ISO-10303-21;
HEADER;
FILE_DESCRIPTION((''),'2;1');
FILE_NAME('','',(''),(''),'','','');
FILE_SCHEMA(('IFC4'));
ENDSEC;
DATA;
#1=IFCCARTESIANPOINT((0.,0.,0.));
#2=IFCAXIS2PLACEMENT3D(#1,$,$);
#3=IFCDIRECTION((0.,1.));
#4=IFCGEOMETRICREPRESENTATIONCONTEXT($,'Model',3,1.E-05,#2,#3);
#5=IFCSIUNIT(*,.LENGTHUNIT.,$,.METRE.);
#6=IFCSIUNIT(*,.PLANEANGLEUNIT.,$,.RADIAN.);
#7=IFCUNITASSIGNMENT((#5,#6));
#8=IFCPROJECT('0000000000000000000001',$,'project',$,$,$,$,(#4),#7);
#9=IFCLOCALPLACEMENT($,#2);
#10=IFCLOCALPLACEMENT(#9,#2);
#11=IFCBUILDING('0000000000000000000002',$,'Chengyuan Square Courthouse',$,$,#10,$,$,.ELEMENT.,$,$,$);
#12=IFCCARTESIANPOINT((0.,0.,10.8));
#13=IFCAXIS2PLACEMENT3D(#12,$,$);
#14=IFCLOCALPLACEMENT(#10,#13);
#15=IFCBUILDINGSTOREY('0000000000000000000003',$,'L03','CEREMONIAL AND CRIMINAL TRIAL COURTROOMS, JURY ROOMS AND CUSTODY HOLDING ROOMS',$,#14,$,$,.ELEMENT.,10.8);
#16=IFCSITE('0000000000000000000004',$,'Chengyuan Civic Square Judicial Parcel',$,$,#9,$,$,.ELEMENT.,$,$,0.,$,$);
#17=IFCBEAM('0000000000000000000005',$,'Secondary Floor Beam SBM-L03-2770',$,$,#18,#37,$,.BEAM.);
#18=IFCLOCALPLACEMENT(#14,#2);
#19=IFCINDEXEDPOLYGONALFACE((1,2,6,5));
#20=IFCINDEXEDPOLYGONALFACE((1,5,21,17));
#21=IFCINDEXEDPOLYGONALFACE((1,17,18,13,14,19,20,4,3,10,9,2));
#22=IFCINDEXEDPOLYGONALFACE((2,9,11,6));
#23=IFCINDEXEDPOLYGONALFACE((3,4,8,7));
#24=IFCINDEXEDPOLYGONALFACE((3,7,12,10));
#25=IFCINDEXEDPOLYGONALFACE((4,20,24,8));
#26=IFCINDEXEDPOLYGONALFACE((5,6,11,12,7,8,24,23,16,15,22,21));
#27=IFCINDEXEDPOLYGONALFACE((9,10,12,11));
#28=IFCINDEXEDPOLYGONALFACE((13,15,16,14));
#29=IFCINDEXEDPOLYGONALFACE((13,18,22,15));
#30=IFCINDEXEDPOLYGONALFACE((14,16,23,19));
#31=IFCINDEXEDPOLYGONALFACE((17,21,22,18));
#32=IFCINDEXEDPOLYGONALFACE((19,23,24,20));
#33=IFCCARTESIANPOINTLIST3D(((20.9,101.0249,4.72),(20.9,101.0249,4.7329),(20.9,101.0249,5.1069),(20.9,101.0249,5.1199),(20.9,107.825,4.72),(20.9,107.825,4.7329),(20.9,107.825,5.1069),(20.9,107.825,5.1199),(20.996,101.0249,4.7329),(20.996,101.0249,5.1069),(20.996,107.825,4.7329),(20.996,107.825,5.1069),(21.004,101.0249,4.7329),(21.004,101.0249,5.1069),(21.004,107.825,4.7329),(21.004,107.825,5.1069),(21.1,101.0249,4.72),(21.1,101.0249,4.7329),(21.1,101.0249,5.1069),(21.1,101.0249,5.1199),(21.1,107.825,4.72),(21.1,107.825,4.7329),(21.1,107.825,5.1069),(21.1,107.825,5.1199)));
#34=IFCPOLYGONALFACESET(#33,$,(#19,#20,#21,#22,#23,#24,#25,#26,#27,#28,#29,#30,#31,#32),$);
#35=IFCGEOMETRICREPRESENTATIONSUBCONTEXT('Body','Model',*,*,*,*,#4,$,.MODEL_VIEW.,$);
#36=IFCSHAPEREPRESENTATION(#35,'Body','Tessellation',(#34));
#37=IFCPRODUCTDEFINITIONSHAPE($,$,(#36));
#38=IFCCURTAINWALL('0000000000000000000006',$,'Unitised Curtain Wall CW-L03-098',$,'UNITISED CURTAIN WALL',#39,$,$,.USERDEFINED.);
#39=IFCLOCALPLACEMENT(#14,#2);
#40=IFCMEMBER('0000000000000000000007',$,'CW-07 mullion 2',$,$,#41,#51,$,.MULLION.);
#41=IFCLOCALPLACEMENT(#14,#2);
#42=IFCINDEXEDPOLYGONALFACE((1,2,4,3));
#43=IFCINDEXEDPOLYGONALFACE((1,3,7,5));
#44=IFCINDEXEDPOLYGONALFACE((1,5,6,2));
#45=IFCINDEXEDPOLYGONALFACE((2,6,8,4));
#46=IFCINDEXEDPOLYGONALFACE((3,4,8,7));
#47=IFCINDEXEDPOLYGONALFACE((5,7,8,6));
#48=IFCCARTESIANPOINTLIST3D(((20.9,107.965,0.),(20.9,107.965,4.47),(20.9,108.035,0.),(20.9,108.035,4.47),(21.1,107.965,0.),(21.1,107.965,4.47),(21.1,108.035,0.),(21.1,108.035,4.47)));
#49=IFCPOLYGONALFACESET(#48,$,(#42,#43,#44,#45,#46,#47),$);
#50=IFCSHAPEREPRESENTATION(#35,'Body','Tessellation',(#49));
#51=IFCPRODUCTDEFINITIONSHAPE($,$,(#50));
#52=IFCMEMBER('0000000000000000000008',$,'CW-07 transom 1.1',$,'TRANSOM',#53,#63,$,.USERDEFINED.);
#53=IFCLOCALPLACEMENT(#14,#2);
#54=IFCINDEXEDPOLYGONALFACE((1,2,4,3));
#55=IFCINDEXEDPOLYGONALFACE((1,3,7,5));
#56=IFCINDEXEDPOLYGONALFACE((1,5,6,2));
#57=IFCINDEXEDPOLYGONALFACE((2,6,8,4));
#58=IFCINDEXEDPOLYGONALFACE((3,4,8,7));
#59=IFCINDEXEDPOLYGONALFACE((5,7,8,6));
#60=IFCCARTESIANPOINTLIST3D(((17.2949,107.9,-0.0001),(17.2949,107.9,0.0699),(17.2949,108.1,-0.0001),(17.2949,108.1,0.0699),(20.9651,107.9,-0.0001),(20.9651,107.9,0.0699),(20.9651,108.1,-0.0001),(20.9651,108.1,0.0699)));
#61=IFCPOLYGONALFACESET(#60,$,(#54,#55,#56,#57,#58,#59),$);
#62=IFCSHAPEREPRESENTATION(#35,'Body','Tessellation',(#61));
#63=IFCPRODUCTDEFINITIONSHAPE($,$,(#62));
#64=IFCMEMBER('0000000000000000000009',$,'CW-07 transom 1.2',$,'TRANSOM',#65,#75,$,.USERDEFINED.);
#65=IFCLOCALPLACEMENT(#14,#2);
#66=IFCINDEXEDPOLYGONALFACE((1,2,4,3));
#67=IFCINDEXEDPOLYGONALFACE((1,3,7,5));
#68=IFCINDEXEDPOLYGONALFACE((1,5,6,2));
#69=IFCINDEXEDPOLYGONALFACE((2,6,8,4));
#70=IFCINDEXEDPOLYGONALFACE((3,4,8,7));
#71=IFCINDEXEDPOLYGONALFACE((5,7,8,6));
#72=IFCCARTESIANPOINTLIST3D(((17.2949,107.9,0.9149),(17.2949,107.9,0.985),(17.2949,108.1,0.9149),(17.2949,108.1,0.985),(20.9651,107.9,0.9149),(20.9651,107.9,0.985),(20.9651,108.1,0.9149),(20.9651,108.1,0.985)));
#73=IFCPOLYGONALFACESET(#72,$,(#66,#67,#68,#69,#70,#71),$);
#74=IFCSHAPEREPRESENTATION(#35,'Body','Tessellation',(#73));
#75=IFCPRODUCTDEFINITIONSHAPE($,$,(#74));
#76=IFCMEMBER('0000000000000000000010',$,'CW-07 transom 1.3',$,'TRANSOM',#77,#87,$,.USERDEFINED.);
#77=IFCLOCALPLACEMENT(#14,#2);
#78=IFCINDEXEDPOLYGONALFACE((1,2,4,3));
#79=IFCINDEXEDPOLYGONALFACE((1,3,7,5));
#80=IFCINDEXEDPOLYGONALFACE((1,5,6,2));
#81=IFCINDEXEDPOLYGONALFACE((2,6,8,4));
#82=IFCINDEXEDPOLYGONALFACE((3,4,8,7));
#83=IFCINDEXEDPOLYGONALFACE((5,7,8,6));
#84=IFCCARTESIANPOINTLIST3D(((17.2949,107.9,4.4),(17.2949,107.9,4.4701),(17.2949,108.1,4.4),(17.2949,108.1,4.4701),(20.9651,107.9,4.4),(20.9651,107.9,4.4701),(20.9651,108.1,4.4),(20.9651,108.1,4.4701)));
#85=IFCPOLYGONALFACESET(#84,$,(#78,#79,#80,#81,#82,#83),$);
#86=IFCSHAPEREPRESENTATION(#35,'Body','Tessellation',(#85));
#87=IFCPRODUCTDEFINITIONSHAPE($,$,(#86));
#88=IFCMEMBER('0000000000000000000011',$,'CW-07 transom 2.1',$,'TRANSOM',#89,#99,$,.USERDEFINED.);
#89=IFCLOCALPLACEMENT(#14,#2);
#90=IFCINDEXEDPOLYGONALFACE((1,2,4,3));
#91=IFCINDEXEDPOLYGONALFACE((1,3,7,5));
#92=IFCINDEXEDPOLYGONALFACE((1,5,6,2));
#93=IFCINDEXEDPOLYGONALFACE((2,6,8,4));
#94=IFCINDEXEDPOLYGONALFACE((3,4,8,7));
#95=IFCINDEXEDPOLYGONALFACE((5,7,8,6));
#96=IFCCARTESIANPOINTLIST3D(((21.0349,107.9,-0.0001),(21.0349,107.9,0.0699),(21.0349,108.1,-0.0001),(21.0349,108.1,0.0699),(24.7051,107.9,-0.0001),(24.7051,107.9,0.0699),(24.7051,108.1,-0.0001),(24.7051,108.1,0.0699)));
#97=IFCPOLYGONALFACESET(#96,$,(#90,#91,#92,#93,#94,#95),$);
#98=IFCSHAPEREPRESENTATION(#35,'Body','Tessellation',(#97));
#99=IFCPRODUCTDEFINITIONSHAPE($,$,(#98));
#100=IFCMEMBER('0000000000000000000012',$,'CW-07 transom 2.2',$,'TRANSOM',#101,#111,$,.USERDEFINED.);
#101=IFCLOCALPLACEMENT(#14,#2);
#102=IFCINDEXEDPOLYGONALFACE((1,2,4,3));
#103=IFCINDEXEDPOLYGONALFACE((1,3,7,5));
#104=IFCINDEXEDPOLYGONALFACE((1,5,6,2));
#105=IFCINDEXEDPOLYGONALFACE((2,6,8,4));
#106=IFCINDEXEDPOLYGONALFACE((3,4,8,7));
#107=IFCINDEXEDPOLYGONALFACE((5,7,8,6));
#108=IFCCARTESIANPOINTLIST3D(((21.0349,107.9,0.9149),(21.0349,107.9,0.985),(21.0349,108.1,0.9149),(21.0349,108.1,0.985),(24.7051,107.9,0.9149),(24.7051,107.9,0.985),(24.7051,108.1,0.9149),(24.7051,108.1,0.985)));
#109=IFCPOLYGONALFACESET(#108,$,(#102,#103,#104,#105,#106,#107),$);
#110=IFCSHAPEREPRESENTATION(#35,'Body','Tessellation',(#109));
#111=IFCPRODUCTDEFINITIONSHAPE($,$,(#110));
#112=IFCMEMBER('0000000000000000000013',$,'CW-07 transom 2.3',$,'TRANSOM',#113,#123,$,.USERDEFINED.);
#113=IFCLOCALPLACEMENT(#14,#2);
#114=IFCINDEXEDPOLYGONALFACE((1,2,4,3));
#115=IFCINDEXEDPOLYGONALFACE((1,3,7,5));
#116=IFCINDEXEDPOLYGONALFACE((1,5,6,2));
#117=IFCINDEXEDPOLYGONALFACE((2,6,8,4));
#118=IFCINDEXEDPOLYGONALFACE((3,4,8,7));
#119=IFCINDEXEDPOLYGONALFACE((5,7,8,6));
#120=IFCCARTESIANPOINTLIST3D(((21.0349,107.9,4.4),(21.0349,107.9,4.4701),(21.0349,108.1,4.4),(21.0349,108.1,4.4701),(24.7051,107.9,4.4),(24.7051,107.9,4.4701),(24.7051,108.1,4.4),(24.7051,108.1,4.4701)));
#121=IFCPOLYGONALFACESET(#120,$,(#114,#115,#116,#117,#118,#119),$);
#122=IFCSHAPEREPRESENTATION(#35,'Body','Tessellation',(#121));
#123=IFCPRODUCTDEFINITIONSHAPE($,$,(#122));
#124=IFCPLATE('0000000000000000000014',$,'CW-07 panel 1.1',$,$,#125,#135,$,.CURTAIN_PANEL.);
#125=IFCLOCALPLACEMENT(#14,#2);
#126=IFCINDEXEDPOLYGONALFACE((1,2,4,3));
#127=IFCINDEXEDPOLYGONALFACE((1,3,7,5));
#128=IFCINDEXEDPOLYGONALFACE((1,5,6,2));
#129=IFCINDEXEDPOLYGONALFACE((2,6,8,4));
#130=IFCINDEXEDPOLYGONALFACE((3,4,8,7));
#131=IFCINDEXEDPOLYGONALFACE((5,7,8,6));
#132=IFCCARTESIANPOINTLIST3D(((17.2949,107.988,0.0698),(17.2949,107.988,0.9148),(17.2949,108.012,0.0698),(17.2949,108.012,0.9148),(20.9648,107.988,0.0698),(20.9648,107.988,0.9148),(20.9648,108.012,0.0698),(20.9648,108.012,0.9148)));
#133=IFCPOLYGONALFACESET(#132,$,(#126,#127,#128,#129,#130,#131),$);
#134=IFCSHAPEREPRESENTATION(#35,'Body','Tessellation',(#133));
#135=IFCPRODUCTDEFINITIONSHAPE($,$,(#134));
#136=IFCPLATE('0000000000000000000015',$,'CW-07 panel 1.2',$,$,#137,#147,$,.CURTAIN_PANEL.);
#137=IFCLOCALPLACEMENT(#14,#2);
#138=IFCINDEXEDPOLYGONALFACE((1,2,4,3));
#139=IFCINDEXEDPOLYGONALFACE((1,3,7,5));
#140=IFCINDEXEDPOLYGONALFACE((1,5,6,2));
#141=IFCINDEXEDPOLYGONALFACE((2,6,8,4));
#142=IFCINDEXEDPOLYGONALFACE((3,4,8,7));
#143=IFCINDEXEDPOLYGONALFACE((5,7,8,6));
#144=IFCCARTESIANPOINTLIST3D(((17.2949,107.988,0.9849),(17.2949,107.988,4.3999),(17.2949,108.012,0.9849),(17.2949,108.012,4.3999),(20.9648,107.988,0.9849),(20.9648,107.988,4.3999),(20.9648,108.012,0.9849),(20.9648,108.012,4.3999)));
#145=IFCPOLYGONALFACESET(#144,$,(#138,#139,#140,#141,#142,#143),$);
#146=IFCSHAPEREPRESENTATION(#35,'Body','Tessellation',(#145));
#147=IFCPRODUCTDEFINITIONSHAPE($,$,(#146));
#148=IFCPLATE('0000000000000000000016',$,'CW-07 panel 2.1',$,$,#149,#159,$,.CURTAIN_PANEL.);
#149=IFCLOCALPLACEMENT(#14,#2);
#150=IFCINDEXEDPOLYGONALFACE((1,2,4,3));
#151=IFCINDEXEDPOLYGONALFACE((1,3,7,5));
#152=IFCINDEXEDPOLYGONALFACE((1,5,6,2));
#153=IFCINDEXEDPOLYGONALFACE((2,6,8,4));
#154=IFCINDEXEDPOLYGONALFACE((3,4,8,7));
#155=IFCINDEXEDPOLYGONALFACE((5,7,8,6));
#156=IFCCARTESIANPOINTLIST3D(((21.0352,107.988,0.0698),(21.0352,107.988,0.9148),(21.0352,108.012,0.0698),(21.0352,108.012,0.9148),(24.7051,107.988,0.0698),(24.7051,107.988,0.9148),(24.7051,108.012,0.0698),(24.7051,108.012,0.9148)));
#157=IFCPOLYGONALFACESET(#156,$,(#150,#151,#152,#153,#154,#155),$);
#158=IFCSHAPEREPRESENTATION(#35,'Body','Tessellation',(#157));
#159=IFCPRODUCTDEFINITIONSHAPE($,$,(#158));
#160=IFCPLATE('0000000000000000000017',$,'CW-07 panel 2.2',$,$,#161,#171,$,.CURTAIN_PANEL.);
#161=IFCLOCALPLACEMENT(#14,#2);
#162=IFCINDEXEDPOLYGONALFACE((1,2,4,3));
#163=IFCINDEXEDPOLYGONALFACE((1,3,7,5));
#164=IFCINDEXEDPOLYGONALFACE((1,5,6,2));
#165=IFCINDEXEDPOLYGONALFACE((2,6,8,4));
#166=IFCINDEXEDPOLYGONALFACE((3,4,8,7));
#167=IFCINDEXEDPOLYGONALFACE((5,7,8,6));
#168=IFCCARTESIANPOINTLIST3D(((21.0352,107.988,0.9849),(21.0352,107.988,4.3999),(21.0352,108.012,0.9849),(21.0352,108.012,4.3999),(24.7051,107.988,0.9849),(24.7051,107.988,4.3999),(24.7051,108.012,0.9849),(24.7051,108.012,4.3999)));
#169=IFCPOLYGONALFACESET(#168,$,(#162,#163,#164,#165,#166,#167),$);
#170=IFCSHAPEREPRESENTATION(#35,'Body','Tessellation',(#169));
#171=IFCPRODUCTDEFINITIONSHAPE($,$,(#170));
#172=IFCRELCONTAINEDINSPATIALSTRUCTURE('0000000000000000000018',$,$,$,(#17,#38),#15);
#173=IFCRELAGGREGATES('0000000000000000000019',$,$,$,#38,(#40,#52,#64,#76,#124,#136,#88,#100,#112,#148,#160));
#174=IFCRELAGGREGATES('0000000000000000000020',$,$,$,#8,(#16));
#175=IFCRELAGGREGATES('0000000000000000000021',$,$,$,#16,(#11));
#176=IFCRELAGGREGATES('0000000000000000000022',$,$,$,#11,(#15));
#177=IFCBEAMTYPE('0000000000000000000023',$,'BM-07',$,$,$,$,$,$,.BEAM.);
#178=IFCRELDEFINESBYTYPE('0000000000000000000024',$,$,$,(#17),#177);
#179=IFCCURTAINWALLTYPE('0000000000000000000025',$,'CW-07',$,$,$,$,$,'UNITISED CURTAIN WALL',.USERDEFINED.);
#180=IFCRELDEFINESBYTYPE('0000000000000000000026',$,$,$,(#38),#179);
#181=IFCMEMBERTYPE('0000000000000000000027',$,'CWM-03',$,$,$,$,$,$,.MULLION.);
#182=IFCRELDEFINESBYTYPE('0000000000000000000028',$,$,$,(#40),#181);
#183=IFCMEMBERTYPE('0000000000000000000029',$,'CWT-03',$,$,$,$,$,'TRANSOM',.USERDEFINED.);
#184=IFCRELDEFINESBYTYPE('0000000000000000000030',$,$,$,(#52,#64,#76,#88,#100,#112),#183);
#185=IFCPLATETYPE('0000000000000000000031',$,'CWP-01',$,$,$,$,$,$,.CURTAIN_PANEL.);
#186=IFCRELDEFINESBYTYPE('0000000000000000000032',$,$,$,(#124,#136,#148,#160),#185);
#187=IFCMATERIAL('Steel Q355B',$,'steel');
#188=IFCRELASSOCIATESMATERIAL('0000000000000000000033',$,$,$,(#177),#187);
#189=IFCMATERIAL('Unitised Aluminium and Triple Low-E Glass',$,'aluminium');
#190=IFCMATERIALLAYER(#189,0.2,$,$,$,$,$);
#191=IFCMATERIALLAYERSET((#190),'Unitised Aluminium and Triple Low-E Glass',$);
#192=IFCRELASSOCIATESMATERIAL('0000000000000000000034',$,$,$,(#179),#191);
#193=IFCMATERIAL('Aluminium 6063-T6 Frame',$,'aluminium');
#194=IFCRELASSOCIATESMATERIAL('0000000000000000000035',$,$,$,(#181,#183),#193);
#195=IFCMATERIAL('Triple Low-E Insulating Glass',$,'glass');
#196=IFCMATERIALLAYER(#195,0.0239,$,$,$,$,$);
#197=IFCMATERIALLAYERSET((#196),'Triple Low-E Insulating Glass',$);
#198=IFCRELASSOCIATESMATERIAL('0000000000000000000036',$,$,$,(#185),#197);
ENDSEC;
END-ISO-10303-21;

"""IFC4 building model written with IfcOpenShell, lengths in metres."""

from ifc_helpers import new_model, si_unit, direction, frame, origin, origin_2d, place, context, subcontext, project, spatial, rectangle, i_section, extrude, material, layer, layer_set, material_profile, profile_set, type_object, element, aggregate, save


model = new_model("IFC4")

# Units and contexts
model_context = context("Model", 3, precision=1e-05, world=origin(), true_north=direction((0.0, 1.0)))
body_context = subcontext(model_context, "Body", "Model", "MODEL_VIEW")
ifc_project = project(units=[si_unit("LENGTHUNIT", "METRE"), si_unit("PLANEANGLEUNIT", "RADIAN")], contexts=[model_context])

# Site, building, storey
site_placement = place(None, origin())
site = spatial("IfcSite", under=ifc_project, at=site_placement, Name="Chengyuan Civic Square Judicial Parcel", CompositionType="ELEMENT", RefElevation=0.0)
building_placement = place(site_placement, origin())
building = spatial("IfcBuilding", under=site, at=building_placement, Name="Chengyuan Square Courthouse", CompositionType="ELEMENT")
storey_placement = place(building_placement, frame((0.0, 0.0, 10.8)))
storey = spatial("IfcBuildingStorey", under=building, at=storey_placement, Name="L03", Description="CEREMONIAL AND CRIMINAL TRIAL COURTROOMS, JURY ROOMS AND CUSTODY HOLDING ROOMS", CompositionType="ELEMENT", Elevation=10.8)

# Beam
ifc_material_1 = material(Name="Steel Q355B", Category="steel")
ifc_material_profile_1 = material_profile(ifc_material_1, i_section(OverallWidth=0.2, OverallDepth=0.3999, WebThickness=0.0081, FlangeThickness=0.0129, at=origin_2d()), Name="HN 400x200x8x13")
ifc_profile_set_1 = profile_set([ifc_material_profile_1], Name="Steel Q355B")
beam_type = type_object("IfcBeamType", Name="BM-07", PredefinedType="BEAM", material=ifc_profile_set_1)
beam_placement = place(storey_placement, frame((21.0, 101.0249, 4.9199), z_axis=(0.0, 1.0, 0.0), x_axis=(-1.0, 0.0, 0.0)))
element("IfcBeam", 1, at=beam_placement, inside=storey, type_object=beam_type, Name="Secondary Floor Beam SBM-L03-2770", PredefinedType="BEAM", context=body_context, shape_type="SweptSolid", body=[
    extrude(i_section(OverallWidth=0.2, OverallDepth=0.3999, WebThickness=0.0081, FlangeThickness=0.0129, at=origin_2d()), origin(), (0.0, 0.0, 1.0), 6.8),
])

# Curtain wall, members, plates
ifc_material_2 = material(Name="Unitised Aluminium and Triple Low-E Glass", Category="aluminium")
ifc_layer_1 = layer(ifc_material_2, 0.2)
ifc_layer_set_1 = layer_set([ifc_layer_1], Name="Unitised Aluminium and Triple Low-E Glass")
curtain_wall_type = type_object("IfcCurtainWallType", Name="CW-07", ElementType="UNITISED CURTAIN WALL", PredefinedType="USERDEFINED", material=ifc_layer_set_1)
curtain_wall_placement = place(storey_placement, origin())
curtain_wall = element("IfcCurtainWall", 2, at=curtain_wall_placement, inside=storey, type_object=curtain_wall_type, Name="Unitised Curtain Wall CW-L03-098", ObjectType="UNITISED CURTAIN WALL", PredefinedType="USERDEFINED")
ifc_material_3 = material(Name="Aluminium 6063-T6 Frame", Category="aluminium")
ifc_material_profile_2 = material_profile(ifc_material_3, rectangle(XDim=0.0701, YDim=0.2, at=origin_2d()), Name="CW-MUL-70x200")
ifc_profile_set_2 = profile_set([ifc_material_profile_2], Name="Aluminium 6063-T6 Frame")
member_type_1 = type_object("IfcMemberType", Name="CWM-03", PredefinedType="MULLION", material=ifc_profile_set_2)
member_1_placement = place(storey_placement, frame((21.0, 108.0, 0.0), z_axis=(0.0, 0.0, 1.0), x_axis=(0.0, 1.0, 0.0)))
member_1 = element("IfcMember", 3, at=member_1_placement, type_object=member_type_1, Name="CW-07 mullion 2", PredefinedType="MULLION", context=body_context, shape_type="SweptSolid", body=[
    extrude(rectangle(XDim=0.0701, YDim=0.2, at=origin_2d()), origin(), (0.0, 0.0, 1.0), 4.47),
])
ifc_material_profile_3 = material_profile(ifc_material_3, rectangle(XDim=0.2, YDim=0.0701, at=origin_2d()), Name="CW-TRN-70x160")
ifc_profile_set_3 = profile_set([ifc_material_profile_3], Name="Aluminium 6063-T6 Frame")
member_type_2 = type_object("IfcMemberType", Name="CWT-03", ElementType="TRANSOM", PredefinedType="USERDEFINED", material=ifc_profile_set_3)
member_2_placement = place(storey_placement, frame((17.2949, 108.0, 0.0349), z_axis=(1.0, 0.0, 0.0), x_axis=(0.0, 1.0, 0.0)))
member_2 = element("IfcMember", 4, at=member_2_placement, type_object=member_type_2, Name="CW-07 transom 1.1", ObjectType="TRANSOM", PredefinedType="USERDEFINED", context=body_context, shape_type="SweptSolid", body=[
    extrude(rectangle(XDim=0.2, YDim=0.0701, at=origin_2d()), origin(), (0.0, 0.0, 1.0), 3.6702),
])
member_3_placement = place(storey_placement, frame((17.2949, 108.0, 0.95), z_axis=(1.0, 0.0, 0.0), x_axis=(0.0, 1.0, 0.0)))
member_3 = element("IfcMember", 5, at=member_3_placement, type_object=member_type_2, Name="CW-07 transom 1.2", ObjectType="TRANSOM", PredefinedType="USERDEFINED", context=body_context, shape_type="SweptSolid", body=[
    extrude(rectangle(XDim=0.2, YDim=0.0701, at=origin_2d()), origin(), (0.0, 0.0, 1.0), 3.6702),
])
member_4_placement = place(storey_placement, frame((17.2949, 108.0, 4.4351), z_axis=(1.0, 0.0, 0.0), x_axis=(0.0, 1.0, 0.0)))
member_4 = element("IfcMember", 6, at=member_4_placement, type_object=member_type_2, Name="CW-07 transom 1.3", ObjectType="TRANSOM", PredefinedType="USERDEFINED", context=body_context, shape_type="SweptSolid", body=[
    extrude(rectangle(XDim=0.2, YDim=0.0701, at=origin_2d()), origin(), (0.0, 0.0, 1.0), 3.6702),
])
member_5_placement = place(storey_placement, frame((21.0349, 108.0, 0.0349), z_axis=(1.0, 0.0, 0.0), x_axis=(0.0, 1.0, 0.0)))
member_5 = element("IfcMember", 7, at=member_5_placement, type_object=member_type_2, Name="CW-07 transom 2.1", ObjectType="TRANSOM", PredefinedType="USERDEFINED", context=body_context, shape_type="SweptSolid", body=[
    extrude(rectangle(XDim=0.2, YDim=0.0701, at=origin_2d()), origin(), (0.0, 0.0, 1.0), 3.6702),
])
member_6_placement = place(storey_placement, frame((21.0349, 108.0, 0.95), z_axis=(1.0, 0.0, 0.0), x_axis=(0.0, 1.0, 0.0)))
member_6 = element("IfcMember", 8, at=member_6_placement, type_object=member_type_2, Name="CW-07 transom 2.2", ObjectType="TRANSOM", PredefinedType="USERDEFINED", context=body_context, shape_type="SweptSolid", body=[
    extrude(rectangle(XDim=0.2, YDim=0.0701, at=origin_2d()), origin(), (0.0, 0.0, 1.0), 3.6702),
])
member_7_placement = place(storey_placement, frame((21.0349, 108.0, 4.4351), z_axis=(1.0, 0.0, 0.0), x_axis=(0.0, 1.0, 0.0)))
member_7 = element("IfcMember", 9, at=member_7_placement, type_object=member_type_2, Name="CW-07 transom 2.3", ObjectType="TRANSOM", PredefinedType="USERDEFINED", context=body_context, shape_type="SweptSolid", body=[
    extrude(rectangle(XDim=0.2, YDim=0.0701, at=origin_2d()), origin(), (0.0, 0.0, 1.0), 3.6702),
])
ifc_material_4 = material(Name="Triple Low-E Insulating Glass", Category="glass")
ifc_layer_2 = layer(ifc_material_4, 0.0239)
ifc_layer_set_2 = layer_set([ifc_layer_2], Name="Triple Low-E Insulating Glass")
plate_type = type_object("IfcPlateType", Name="CWP-01", PredefinedType="CURTAIN_PANEL", material=ifc_layer_set_2)
plate_1_placement = place(storey_placement, frame((19.1299, 108.0, 0.0698), z_axis=(0.0, 0.0, 1.0), x_axis=(1.0, 0.0, 0.0)))
plate_1 = element("IfcPlate", 10, at=plate_1_placement, type_object=plate_type, Name="CW-07 panel 1.1", PredefinedType="CURTAIN_PANEL", context=body_context, shape_type="SweptSolid", body=[
    extrude(rectangle(XDim=3.6699, YDim=0.0239, at=origin_2d()), origin(), (0.0, 0.0, 1.0), 0.845),
])
plate_2_placement = place(storey_placement, frame((19.1299, 108.0, 0.9849), z_axis=(0.0, 0.0, 1.0), x_axis=(1.0, 0.0, 0.0)))
plate_2 = element("IfcPlate", 11, at=plate_2_placement, type_object=plate_type, Name="CW-07 panel 1.2", PredefinedType="CURTAIN_PANEL", context=body_context, shape_type="SweptSolid", body=[
    extrude(rectangle(XDim=3.6699, YDim=0.0239, at=origin_2d()), origin(), (0.0, 0.0, 1.0), 3.415),
])
plate_3_placement = place(storey_placement, frame((22.8701, 108.0, 0.0698), z_axis=(0.0, 0.0, 1.0), x_axis=(1.0, 0.0, 0.0)))
plate_3 = element("IfcPlate", 12, at=plate_3_placement, type_object=plate_type, Name="CW-07 panel 2.1", PredefinedType="CURTAIN_PANEL", context=body_context, shape_type="SweptSolid", body=[
    extrude(rectangle(XDim=3.6699, YDim=0.0239, at=origin_2d()), origin(), (0.0, 0.0, 1.0), 0.845),
])
plate_4_placement = place(storey_placement, frame((22.8701, 108.0, 0.9849), z_axis=(0.0, 0.0, 1.0), x_axis=(1.0, 0.0, 0.0)))
plate_4 = element("IfcPlate", 13, at=plate_4_placement, type_object=plate_type, Name="CW-07 panel 2.2", PredefinedType="CURTAIN_PANEL", context=body_context, shape_type="SweptSolid", body=[
    extrude(rectangle(XDim=3.6699, YDim=0.0239, at=origin_2d()), origin(), (0.0, 0.0, 1.0), 3.415),
])
aggregate(curtain_wall, [member_1, member_2, member_3, member_4, plate_1, plate_2, member_5, member_6, member_7, plate_3, plate_4])

save(model, "model.ifc")
